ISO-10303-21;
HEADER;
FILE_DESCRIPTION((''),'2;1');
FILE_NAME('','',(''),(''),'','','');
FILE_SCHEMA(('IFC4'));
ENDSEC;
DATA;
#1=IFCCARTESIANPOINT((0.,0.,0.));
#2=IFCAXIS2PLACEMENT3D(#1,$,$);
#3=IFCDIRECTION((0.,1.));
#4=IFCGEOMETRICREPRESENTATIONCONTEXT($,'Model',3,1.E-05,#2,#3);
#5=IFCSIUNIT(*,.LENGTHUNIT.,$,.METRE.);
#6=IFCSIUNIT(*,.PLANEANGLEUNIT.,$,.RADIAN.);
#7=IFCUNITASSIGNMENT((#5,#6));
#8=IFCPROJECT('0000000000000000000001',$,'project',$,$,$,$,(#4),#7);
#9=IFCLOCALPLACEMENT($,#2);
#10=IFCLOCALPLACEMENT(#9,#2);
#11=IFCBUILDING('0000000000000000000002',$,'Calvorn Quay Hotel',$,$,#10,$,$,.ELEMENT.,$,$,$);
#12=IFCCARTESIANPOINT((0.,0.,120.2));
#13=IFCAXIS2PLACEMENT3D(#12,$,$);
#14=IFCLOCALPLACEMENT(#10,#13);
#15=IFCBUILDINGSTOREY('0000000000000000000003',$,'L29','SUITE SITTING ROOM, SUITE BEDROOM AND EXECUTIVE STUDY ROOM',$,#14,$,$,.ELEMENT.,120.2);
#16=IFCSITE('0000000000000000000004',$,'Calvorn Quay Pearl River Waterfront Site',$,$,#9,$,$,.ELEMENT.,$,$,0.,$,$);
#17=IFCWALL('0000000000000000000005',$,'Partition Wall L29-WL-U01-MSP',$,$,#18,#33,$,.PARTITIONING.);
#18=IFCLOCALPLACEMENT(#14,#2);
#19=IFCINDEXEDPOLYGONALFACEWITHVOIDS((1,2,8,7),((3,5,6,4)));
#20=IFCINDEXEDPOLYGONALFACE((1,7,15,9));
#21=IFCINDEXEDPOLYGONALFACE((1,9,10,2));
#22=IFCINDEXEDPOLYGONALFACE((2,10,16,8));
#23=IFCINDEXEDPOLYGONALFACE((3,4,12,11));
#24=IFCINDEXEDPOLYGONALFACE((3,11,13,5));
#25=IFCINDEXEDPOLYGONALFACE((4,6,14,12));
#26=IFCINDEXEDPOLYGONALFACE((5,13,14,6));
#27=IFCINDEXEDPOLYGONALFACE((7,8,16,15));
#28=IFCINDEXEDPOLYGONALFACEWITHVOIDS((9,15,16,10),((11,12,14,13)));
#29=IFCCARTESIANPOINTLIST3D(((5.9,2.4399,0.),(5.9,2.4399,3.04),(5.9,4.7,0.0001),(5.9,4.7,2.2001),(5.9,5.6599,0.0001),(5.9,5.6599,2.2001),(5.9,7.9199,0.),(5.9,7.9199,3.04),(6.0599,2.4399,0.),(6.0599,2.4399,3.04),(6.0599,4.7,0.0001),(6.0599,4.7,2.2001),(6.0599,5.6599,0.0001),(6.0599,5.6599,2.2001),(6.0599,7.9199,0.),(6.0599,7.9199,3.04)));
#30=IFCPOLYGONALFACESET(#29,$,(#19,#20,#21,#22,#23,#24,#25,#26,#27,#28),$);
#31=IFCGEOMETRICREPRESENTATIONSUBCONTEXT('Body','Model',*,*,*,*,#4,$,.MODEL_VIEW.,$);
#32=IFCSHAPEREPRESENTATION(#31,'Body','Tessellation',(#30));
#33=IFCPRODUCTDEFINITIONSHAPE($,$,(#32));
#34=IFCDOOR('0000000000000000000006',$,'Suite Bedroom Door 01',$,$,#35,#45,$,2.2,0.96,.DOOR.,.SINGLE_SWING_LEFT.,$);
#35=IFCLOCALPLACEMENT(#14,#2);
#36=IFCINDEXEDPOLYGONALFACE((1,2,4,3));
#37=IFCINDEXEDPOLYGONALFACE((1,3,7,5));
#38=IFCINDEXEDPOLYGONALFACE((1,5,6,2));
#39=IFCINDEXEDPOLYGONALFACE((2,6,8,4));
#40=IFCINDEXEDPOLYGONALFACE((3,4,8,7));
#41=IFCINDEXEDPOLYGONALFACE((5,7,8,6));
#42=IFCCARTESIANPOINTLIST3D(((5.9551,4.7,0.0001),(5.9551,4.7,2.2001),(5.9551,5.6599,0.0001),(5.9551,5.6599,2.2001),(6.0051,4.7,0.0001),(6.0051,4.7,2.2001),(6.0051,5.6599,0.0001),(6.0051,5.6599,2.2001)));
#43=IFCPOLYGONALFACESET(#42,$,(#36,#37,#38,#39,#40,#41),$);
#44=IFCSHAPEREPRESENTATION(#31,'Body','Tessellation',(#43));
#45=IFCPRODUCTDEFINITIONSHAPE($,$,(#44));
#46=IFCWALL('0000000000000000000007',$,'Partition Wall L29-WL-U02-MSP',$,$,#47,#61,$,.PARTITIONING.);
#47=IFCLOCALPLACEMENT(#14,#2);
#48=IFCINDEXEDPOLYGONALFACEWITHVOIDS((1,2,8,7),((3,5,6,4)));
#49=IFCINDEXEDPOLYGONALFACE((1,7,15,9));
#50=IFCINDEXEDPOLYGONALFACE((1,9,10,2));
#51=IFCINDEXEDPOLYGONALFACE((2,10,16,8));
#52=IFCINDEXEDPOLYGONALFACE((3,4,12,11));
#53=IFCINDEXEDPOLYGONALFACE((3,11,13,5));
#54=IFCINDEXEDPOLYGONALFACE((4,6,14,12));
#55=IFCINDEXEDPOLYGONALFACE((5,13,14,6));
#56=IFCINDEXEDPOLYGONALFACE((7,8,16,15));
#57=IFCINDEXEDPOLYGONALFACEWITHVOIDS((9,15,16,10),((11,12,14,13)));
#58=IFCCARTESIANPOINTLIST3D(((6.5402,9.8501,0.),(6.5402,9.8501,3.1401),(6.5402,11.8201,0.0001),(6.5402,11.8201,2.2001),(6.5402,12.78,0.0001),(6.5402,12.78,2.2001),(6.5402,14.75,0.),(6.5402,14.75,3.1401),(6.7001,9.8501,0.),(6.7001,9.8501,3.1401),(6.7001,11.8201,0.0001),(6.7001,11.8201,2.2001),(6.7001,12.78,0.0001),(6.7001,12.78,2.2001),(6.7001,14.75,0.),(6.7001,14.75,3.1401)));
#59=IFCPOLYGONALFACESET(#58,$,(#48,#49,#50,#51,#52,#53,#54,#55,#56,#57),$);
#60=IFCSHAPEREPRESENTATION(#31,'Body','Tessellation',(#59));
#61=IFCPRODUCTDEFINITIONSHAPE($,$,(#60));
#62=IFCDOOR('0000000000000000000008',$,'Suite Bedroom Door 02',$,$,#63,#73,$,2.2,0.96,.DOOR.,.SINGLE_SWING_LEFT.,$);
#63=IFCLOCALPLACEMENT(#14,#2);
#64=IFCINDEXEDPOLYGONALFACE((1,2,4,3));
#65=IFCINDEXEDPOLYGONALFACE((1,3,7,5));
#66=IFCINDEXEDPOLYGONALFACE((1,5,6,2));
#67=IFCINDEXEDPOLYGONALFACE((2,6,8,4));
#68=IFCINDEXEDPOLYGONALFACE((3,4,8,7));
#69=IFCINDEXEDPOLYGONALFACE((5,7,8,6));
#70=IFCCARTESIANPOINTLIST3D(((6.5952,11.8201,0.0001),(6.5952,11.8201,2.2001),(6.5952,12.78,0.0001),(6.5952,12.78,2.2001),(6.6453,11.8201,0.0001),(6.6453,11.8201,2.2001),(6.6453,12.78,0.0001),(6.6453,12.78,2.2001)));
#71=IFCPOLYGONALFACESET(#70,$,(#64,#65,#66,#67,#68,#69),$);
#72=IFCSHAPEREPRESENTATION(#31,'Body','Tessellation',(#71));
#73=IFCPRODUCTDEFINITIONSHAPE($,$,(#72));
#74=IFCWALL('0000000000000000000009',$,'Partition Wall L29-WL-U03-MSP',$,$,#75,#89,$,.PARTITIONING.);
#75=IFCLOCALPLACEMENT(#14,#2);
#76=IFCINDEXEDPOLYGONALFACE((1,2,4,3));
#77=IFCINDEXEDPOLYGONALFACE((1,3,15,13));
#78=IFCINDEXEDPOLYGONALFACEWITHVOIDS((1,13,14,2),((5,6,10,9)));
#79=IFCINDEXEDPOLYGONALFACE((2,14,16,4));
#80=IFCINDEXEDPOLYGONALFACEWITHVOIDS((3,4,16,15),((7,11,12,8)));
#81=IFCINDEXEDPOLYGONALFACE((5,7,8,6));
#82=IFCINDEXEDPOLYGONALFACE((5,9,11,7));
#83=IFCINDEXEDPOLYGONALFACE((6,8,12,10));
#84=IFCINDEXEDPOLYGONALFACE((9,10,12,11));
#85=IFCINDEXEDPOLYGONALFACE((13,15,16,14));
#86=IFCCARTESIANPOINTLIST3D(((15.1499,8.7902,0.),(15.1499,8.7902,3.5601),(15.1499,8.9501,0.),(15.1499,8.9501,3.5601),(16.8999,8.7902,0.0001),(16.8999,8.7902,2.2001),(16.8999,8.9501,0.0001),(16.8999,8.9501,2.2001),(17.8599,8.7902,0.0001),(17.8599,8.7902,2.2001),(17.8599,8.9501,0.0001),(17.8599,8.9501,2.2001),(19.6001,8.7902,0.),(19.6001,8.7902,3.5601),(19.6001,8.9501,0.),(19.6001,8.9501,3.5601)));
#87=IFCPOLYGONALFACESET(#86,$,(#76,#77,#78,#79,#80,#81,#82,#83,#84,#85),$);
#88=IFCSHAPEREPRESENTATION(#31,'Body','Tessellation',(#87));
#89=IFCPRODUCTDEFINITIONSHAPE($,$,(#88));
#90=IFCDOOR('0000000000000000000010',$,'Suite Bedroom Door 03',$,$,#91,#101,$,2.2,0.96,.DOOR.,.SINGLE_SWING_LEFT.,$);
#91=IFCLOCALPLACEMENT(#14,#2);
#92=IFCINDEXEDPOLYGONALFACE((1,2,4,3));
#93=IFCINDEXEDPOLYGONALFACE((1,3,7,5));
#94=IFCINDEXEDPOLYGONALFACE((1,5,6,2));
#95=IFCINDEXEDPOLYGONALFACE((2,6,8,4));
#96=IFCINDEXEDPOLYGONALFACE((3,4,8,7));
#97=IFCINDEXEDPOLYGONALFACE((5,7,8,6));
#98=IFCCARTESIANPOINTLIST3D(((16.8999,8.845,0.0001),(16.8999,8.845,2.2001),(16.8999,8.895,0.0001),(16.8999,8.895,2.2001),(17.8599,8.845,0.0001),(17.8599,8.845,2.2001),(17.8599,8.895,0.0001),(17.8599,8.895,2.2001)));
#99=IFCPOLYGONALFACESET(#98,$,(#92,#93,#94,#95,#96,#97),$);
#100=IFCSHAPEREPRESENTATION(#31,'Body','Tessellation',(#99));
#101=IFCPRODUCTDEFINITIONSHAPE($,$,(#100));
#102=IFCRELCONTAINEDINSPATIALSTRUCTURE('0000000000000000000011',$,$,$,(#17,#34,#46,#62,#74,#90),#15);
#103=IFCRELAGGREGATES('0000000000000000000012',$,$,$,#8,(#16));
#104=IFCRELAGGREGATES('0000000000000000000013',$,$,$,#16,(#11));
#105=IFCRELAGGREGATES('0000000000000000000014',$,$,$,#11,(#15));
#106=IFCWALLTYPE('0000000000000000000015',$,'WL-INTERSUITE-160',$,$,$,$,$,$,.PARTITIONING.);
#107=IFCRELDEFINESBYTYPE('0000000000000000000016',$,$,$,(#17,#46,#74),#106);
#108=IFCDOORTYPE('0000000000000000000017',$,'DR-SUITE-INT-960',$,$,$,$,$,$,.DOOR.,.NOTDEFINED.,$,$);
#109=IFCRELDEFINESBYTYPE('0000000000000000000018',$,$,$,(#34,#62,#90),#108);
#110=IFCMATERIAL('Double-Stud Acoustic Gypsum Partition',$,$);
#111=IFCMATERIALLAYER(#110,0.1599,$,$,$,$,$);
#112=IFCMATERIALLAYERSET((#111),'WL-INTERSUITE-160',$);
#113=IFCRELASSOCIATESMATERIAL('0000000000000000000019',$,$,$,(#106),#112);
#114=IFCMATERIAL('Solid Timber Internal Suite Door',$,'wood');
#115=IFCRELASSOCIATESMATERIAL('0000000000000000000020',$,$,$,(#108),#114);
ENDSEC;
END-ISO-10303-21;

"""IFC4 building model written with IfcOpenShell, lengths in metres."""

from ifc_helpers import new_model, si_unit, direction, frame, frame_2d, origin, place, context, subcontext, project, spatial, rectangle, extrude, material, layer, layer_set, type_object, element, fill, save


model = new_model("IFC4")

# Units and contexts
model_context = context("Model", 3, precision=1e-05, world=origin(), true_north=direction((0.0, 1.0)))
body_context = subcontext(model_context, "Body", "Model", "MODEL_VIEW")
ifc_project = project(units=[si_unit("LENGTHUNIT", "METRE"), si_unit("PLANEANGLEUNIT", "RADIAN")], contexts=[model_context])

# Site, building, storey
site_placement = place(None, origin())
site = spatial("IfcSite", under=ifc_project, at=site_placement, Name="Calvorn Quay Pearl River Waterfront Site", CompositionType="ELEMENT", RefElevation=0.0)
building_placement = place(site_placement, origin())
building = spatial("IfcBuilding", under=site, at=building_placement, Name="Calvorn Quay Hotel", CompositionType="ELEMENT")
storey_placement = place(building_placement, frame((0.0, 0.0, 120.2)))
storey = spatial("IfcBuildingStorey", under=building, at=storey_placement, Name="L29", Description="SUITE SITTING ROOM, SUITE BEDROOM AND EXECUTIVE STUDY ROOM", CompositionType="ELEMENT", Elevation=120.2)

# Walls, openings, doors
ifc_material_1 = material(Name="Double-Stud Acoustic Gypsum Partition")
ifc_layer_1 = layer(ifc_material_1, 0.1599)
ifc_layer_set_1 = layer_set([ifc_layer_1], Name="WL-INTERSUITE-160")
wall_type_1 = type_object("IfcWallType", Name="WL-INTERSUITE-160", PredefinedType="PARTITIONING", material=ifc_layer_set_1)
wall_1_placement = place(storey_placement, frame((5.98, 2.4399, 0.0), z_axis=(0.0, 0.0, 1.0), x_axis=(0.0, 1.0, 0.0)))
wall_1 = element("IfcWall", 1, at=wall_1_placement, inside=storey, type_object=wall_type_1, Name="Partition Wall L29-WL-U01-MSP", PredefinedType="PARTITIONING", context=body_context, shape_type="SweptSolid", body=[
    extrude(rectangle(XDim=5.48, YDim=0.1599, at=frame_2d((2.74, 0.0))), origin(), (0.0, 0.0, 1.0), 3.04),
])
opening_1_placement = place(wall_1_placement, frame((2.26, 0.0, 0.0)))
opening_1 = element("IfcOpeningElement", 2, at=opening_1_placement, cuts=wall_1, PredefinedType="OPENING", context=body_context, shape_type="SweptSolid", body=[
    extrude(rectangle(XDim=0.96, YDim=2.2, at=frame_2d((0.48, 1.1001))), frame((0.0, 0.0898, 0.0), z_axis=(0.0, -1.0, 0.0), x_axis=(1.0, 0.0, 0.0)), (0.0, 0.0, 1.0), 0.1799),
])
ifc_material_2 = material(Name="Solid Timber Internal Suite Door", Category="wood")
door_type_1 = type_object("IfcDoorType", Name="DR-SUITE-INT-960", OperationType="NOTDEFINED", PredefinedType="DOOR", material=ifc_material_2)
door_1_placement = place(opening_1_placement, origin())
door_1 = element("IfcDoor", 3, at=door_1_placement, inside=storey, type_object=door_type_1, Name="Suite Bedroom Door 01", OperationType="SINGLE_SWING_LEFT", OverallHeight=2.2, OverallWidth=0.96, PredefinedType="DOOR", context=body_context, shape_type="SweptSolid", body=[
    extrude(rectangle(XDim=0.96, YDim=2.2, at=frame_2d((0.48, 1.1001))), frame((0.0, 0.0249, 0.0), z_axis=(0.0, -1.0, 0.0), x_axis=(1.0, 0.0, 0.0)), (0.0, 0.0, 1.0), 0.05),
])
fill(opening_1, door_1)
wall_2_placement = place(storey_placement, frame((6.6201, 9.8501, 0.0), z_axis=(0.0, 0.0, 1.0), x_axis=(0.0, 1.0, 0.0)))
wall_2 = element("IfcWall", 4, at=wall_2_placement, inside=storey, type_object=wall_type_1, Name="Partition Wall L29-WL-U02-MSP", PredefinedType="PARTITIONING", context=body_context, shape_type="SweptSolid", body=[
    extrude(rectangle(XDim=4.8999, YDim=0.1599, at=frame_2d((2.45, 0.0))), origin(), (0.0, 0.0, 1.0), 3.1401),
])
opening_2_placement = place(wall_2_placement, frame((1.97, 0.0, 0.0)))
opening_2 = element("IfcOpeningElement", 5, at=opening_2_placement, cuts=wall_2, PredefinedType="OPENING", context=body_context, shape_type="SweptSolid", body=[
    extrude(rectangle(XDim=0.96, YDim=2.2, at=frame_2d((0.48, 1.1001))), frame((0.0, 0.0898, 0.0), z_axis=(0.0, -1.0, 0.0), x_axis=(1.0, 0.0, 0.0)), (0.0, 0.0, 1.0), 0.1799),
])
door_2_placement = place(opening_2_placement, origin())
door_2 = element("IfcDoor", 6, at=door_2_placement, inside=storey, type_object=door_type_1, Name="Suite Bedroom Door 02", OperationType="SINGLE_SWING_LEFT", OverallHeight=2.2, OverallWidth=0.96, PredefinedType="DOOR", context=body_context, shape_type="SweptSolid", body=[
    extrude(rectangle(XDim=0.96, YDim=2.2, at=frame_2d((0.48, 1.1001))), frame((0.0, 0.0249, 0.0), z_axis=(0.0, -1.0, 0.0), x_axis=(1.0, 0.0, 0.0)), (0.0, 0.0, 1.0), 0.05),
])
fill(opening_2, door_2)
wall_3_placement = place(storey_placement, frame((15.1499, 8.8701, 0.0), z_axis=(0.0, 0.0, 1.0), x_axis=(1.0, 0.0, 0.0)))
wall_3 = element("IfcWall", 7, at=wall_3_placement, inside=storey, type_object=wall_type_1, Name="Partition Wall L29-WL-U03-MSP", PredefinedType="PARTITIONING", context=body_context, shape_type="SweptSolid", body=[
    extrude(rectangle(XDim=4.4502, YDim=0.1599, at=frame_2d((2.2251, 0.0))), origin(), (0.0, 0.0, 1.0), 3.5601),
])
opening_3_placement = place(wall_3_placement, frame((1.75, 0.0, 0.0)))
opening_3 = element("IfcOpeningElement", 8, at=opening_3_placement, cuts=wall_3, PredefinedType="OPENING", context=body_context, shape_type="SweptSolid", body=[
    extrude(rectangle(XDim=0.96, YDim=2.2, at=frame_2d((0.48, 1.1001))), frame((0.0, 0.0898, 0.0), z_axis=(0.0, -1.0, 0.0), x_axis=(1.0, 0.0, 0.0)), (0.0, 0.0, 1.0), 0.1799),
])
door_3_placement = place(opening_3_placement, origin())
door_3 = element("IfcDoor", 9, at=door_3_placement, inside=storey, type_object=door_type_1, Name="Suite Bedroom Door 03", OperationType="SINGLE_SWING_LEFT", OverallHeight=2.2, OverallWidth=0.96, PredefinedType="DOOR", context=body_context, shape_type="SweptSolid", body=[
    extrude(rectangle(XDim=0.96, YDim=2.2, at=frame_2d((0.48, 1.1001))), frame((0.0, 0.0249, 0.0), z_axis=(0.0, -1.0, 0.0), x_axis=(1.0, 0.0, 0.0)), (0.0, 0.0, 1.0), 0.05),
])
fill(opening_3, door_3)

save(model, "model.ifc")
